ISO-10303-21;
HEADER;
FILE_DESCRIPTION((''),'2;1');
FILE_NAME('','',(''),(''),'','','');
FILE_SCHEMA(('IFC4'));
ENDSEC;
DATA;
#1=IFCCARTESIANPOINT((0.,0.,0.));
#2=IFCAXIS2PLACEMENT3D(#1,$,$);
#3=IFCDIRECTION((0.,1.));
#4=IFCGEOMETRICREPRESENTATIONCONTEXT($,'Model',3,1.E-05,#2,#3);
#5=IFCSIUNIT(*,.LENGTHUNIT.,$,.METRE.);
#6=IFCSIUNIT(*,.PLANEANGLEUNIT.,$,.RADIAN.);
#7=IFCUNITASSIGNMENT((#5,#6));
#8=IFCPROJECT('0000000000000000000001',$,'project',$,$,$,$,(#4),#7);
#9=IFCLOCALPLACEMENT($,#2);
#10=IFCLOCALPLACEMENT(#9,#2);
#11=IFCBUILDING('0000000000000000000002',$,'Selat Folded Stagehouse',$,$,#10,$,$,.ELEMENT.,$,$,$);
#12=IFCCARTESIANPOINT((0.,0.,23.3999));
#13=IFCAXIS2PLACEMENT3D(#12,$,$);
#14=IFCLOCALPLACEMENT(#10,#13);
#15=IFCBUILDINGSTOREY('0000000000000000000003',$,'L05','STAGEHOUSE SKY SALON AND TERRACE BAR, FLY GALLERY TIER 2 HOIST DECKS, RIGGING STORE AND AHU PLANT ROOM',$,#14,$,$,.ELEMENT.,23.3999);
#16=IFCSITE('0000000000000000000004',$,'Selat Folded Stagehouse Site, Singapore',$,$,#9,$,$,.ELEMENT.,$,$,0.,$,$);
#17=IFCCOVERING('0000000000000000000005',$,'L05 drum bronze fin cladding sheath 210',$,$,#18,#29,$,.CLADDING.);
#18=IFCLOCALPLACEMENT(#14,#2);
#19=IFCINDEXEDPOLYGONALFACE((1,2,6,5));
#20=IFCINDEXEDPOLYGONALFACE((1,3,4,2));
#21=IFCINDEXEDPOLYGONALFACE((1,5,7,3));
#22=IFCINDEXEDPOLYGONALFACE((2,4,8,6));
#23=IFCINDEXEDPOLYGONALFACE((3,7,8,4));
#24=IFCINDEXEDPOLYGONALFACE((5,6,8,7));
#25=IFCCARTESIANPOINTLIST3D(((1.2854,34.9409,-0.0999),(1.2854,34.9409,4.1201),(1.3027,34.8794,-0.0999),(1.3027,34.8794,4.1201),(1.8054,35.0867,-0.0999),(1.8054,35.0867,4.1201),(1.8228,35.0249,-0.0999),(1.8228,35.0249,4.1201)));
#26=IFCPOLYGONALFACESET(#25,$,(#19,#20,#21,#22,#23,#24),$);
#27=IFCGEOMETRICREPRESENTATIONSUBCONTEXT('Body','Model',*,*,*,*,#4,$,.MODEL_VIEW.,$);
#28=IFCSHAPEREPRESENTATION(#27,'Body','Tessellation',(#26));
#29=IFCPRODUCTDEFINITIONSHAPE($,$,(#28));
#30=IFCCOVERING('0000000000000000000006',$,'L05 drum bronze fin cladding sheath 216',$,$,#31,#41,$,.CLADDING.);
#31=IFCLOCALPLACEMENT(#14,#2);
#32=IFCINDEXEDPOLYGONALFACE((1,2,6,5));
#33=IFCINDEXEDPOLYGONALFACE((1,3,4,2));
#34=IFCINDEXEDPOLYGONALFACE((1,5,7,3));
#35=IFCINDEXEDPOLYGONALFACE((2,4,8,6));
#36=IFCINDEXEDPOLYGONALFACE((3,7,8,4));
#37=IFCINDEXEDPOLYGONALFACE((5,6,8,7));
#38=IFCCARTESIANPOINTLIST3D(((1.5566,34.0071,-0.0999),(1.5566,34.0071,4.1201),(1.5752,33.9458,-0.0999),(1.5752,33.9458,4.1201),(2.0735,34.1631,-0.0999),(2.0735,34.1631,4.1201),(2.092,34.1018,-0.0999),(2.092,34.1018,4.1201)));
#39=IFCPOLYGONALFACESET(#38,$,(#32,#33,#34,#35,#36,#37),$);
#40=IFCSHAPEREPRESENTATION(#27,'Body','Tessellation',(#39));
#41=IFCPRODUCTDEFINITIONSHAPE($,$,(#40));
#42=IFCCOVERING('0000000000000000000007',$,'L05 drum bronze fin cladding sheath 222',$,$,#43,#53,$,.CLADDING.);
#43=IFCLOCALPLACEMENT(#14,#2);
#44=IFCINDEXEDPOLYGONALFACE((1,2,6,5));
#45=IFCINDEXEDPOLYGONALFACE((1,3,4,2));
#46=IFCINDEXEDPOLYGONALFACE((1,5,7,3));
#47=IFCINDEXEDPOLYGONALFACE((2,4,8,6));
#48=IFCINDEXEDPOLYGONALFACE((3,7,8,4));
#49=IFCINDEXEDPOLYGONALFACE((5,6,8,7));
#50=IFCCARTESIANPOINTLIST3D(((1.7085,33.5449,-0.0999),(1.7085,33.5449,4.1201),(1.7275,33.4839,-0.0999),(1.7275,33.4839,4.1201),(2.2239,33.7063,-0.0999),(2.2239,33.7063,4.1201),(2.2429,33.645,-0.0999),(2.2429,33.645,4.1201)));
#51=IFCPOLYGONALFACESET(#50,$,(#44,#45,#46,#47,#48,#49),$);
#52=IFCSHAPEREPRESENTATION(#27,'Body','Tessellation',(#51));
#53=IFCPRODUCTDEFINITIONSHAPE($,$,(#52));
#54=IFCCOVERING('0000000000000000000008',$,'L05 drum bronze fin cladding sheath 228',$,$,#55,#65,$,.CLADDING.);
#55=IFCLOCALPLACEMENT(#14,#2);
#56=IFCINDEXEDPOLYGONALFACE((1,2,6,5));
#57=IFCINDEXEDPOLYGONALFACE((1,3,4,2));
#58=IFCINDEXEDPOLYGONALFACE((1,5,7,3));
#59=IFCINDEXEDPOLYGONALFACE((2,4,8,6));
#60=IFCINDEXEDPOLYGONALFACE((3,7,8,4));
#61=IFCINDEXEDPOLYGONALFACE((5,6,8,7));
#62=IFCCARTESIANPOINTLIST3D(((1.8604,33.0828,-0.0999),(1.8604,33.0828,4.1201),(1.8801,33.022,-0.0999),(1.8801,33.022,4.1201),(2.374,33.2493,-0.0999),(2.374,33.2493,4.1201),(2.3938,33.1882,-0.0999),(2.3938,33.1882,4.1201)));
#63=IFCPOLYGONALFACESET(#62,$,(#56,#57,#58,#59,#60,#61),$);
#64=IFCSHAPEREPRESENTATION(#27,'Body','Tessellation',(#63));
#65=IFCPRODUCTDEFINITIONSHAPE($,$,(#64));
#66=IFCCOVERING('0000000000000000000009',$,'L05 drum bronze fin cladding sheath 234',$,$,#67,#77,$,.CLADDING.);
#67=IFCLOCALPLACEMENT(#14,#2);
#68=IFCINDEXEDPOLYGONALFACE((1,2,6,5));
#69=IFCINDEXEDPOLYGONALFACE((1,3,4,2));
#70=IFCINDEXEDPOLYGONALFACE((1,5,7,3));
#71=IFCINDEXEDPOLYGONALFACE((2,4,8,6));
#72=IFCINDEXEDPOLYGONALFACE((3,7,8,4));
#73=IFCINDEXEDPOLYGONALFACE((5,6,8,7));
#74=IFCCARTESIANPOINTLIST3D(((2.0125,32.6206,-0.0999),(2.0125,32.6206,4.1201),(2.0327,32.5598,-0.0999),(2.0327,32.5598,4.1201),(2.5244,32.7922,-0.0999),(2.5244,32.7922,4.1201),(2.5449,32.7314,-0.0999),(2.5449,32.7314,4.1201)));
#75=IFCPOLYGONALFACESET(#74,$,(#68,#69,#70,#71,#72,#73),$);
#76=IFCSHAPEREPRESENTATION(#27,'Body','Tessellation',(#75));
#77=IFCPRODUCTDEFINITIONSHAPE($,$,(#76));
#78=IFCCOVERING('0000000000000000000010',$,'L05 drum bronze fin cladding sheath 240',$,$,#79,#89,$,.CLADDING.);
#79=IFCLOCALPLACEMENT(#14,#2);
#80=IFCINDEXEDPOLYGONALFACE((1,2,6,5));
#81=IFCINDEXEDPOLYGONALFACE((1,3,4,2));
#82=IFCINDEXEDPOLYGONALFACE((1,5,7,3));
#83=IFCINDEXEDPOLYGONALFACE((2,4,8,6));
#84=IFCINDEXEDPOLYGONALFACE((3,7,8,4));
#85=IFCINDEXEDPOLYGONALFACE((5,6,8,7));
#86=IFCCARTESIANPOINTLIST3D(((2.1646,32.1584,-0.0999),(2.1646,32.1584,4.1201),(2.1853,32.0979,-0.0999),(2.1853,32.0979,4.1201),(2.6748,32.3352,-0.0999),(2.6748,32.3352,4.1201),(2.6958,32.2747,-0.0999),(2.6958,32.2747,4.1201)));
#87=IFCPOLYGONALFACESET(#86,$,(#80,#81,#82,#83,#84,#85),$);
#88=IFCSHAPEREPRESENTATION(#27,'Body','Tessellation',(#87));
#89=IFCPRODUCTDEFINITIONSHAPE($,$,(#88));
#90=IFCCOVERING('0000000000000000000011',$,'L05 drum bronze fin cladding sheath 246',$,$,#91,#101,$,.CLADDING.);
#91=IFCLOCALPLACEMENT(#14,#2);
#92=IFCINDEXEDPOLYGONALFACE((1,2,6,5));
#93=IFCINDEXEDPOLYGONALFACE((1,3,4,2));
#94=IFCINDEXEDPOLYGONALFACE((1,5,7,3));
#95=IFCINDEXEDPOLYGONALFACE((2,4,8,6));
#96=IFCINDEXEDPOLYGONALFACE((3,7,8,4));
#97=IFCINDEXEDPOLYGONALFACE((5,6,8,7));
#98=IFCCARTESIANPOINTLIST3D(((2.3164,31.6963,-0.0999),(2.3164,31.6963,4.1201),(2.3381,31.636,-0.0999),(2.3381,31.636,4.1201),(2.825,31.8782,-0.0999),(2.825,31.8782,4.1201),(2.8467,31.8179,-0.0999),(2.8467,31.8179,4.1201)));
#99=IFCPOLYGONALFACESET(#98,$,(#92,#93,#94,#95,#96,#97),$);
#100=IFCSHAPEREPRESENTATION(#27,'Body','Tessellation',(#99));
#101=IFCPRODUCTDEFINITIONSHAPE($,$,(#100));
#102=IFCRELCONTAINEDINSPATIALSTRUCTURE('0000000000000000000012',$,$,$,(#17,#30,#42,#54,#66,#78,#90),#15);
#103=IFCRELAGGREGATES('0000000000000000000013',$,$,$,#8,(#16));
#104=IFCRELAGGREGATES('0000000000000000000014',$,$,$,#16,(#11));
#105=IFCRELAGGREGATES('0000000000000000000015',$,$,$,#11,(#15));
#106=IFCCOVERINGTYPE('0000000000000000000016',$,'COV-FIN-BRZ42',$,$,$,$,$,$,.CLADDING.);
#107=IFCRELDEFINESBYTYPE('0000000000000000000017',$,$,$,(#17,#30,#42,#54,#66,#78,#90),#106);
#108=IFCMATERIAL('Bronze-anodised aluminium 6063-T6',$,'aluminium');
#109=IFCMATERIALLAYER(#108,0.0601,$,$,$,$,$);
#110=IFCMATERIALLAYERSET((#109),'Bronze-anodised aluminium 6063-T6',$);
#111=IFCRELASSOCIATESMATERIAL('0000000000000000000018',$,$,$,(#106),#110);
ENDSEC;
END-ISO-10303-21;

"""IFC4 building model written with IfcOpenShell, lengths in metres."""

from ifc_helpers import new_model, si_unit, direction, frame, origin, place, context, subcontext, project, spatial, polyline, outline, extrude, material, layer, layer_set, type_object, element, save


model = new_model("IFC4")

# Units and contexts
model_context = context("Model", 3, precision=1e-05, world=origin(), true_north=direction((0.0, 1.0)))
body_context = subcontext(model_context, "Body", "Model", "MODEL_VIEW")
ifc_project = project(units=[si_unit("LENGTHUNIT", "METRE"), si_unit("PLANEANGLEUNIT", "RADIAN")], contexts=[model_context])

# Site, building, storey
site_placement = place(None, origin())
site = spatial("IfcSite", under=ifc_project, at=site_placement, Name="Selat Folded Stagehouse Site, Singapore", CompositionType="ELEMENT", RefElevation=0.0)
building_placement = place(site_placement, origin())
building = spatial("IfcBuilding", under=site, at=building_placement, Name="Selat Folded Stagehouse", CompositionType="ELEMENT")
storey_placement = place(building_placement, frame((0.0, 0.0, 23.3999)))
storey = spatial("IfcBuildingStorey", under=building, at=storey_placement, Name="L05", Description="STAGEHOUSE SKY SALON AND TERRACE BAR, FLY GALLERY TIER 2 HOIST DECKS, RIGGING STORE AND AHU PLANT ROOM", CompositionType="ELEMENT", Elevation=23.3999)

# Coverings
ifc_material = material(Name="Bronze-anodised aluminium 6063-T6", Category="aluminium")
ifc_layer = layer(ifc_material, 0.0601)
ifc_layer_set = layer_set([ifc_layer], Name="Bronze-anodised aluminium 6063-T6")
covering_type = type_object("IfcCoveringType", Name="COV-FIN-BRZ42", PredefinedType="CLADDING", material=ifc_layer_set)
covering_1_placement = place(storey_placement, frame((0.0, 0.0, -0.0999)))
element("IfcCovering", 1, at=covering_1_placement, inside=storey, type_object=covering_type, Name="L05 drum bronze fin cladding sheath 210", PredefinedType="CLADDING", context=body_context, shape_type="SweptSolid", body=[
    extrude(outline(polyline([(1.8054, 35.0867), (1.2854, 34.9409), (1.3027, 34.8794), (1.8228, 35.0249), (1.8054, 35.0867)])), origin(), (0.0, 0.0, 1.0), 4.22),
])
covering_2_placement = place(storey_placement, frame((0.0, 0.0, -0.0999)))
element("IfcCovering", 2, at=covering_2_placement, inside=storey, type_object=covering_type, Name="L05 drum bronze fin cladding sheath 216", PredefinedType="CLADDING", context=body_context, shape_type="SweptSolid", body=[
    extrude(outline(polyline([(2.0735, 34.1631), (1.5566, 34.0071), (1.5752, 33.9458), (2.092, 34.1018), (2.0735, 34.1631)])), origin(), (0.0, 0.0, 1.0), 4.22),
])
covering_3_placement = place(storey_placement, frame((0.0, 0.0, -0.0999)))
element("IfcCovering", 3, at=covering_3_placement, inside=storey, type_object=covering_type, Name="L05 drum bronze fin cladding sheath 222", PredefinedType="CLADDING", context=body_context, shape_type="SweptSolid", body=[
    extrude(outline(polyline([(2.2239, 33.7063), (1.7085, 33.5449), (1.7275, 33.4839), (2.2429, 33.645), (2.2239, 33.7063)])), origin(), (0.0, 0.0, 1.0), 4.22),
])
covering_4_placement = place(storey_placement, frame((0.0, 0.0, -0.0999)))
element("IfcCovering", 4, at=covering_4_placement, inside=storey, type_object=covering_type, Name="L05 drum bronze fin cladding sheath 228", PredefinedType="CLADDING", context=body_context, shape_type="SweptSolid", body=[
    extrude(outline(polyline([(2.374, 33.2493), (1.8604, 33.0828), (1.8801, 33.022), (2.3938, 33.1882), (2.374, 33.2493)])), origin(), (0.0, 0.0, 1.0), 4.22),
])
covering_5_placement = place(storey_placement, frame((0.0, 0.0, -0.0999)))
element("IfcCovering", 5, at=covering_5_placement, inside=storey, type_object=covering_type, Name="L05 drum bronze fin cladding sheath 234", PredefinedType="CLADDING", context=body_context, shape_type="SweptSolid", body=[
    extrude(outline(polyline([(2.5244, 32.7922), (2.0125, 32.6206), (2.0327, 32.5598), (2.5449, 32.7314), (2.5244, 32.7922)])), origin(), (0.0, 0.0, 1.0), 4.22),
])
covering_6_placement = place(storey_placement, frame((0.0, 0.0, -0.0999)))
element("IfcCovering", 6, at=covering_6_placement, inside=storey, type_object=covering_type, Name="L05 drum bronze fin cladding sheath 240", PredefinedType="CLADDING", context=body_context, shape_type="SweptSolid", body=[
    extrude(outline(polyline([(2.6748, 32.3352), (2.1646, 32.1584), (2.1853, 32.0979), (2.6958, 32.2747), (2.6748, 32.3352)])), origin(), (0.0, 0.0, 1.0), 4.22),
])
covering_7_placement = place(storey_placement, frame((0.0, 0.0, -0.0999)))
element("IfcCovering", 7, at=covering_7_placement, inside=storey, type_object=covering_type, Name="L05 drum bronze fin cladding sheath 246", PredefinedType="CLADDING", context=body_context, shape_type="SweptSolid", body=[
    extrude(outline(polyline([(2.825, 31.8782), (2.3164, 31.6963), (2.3381, 31.636), (2.8467, 31.8179), (2.825, 31.8782)])), origin(), (0.0, 0.0, 1.0), 4.22),
])

save(model, "model.ifc")
